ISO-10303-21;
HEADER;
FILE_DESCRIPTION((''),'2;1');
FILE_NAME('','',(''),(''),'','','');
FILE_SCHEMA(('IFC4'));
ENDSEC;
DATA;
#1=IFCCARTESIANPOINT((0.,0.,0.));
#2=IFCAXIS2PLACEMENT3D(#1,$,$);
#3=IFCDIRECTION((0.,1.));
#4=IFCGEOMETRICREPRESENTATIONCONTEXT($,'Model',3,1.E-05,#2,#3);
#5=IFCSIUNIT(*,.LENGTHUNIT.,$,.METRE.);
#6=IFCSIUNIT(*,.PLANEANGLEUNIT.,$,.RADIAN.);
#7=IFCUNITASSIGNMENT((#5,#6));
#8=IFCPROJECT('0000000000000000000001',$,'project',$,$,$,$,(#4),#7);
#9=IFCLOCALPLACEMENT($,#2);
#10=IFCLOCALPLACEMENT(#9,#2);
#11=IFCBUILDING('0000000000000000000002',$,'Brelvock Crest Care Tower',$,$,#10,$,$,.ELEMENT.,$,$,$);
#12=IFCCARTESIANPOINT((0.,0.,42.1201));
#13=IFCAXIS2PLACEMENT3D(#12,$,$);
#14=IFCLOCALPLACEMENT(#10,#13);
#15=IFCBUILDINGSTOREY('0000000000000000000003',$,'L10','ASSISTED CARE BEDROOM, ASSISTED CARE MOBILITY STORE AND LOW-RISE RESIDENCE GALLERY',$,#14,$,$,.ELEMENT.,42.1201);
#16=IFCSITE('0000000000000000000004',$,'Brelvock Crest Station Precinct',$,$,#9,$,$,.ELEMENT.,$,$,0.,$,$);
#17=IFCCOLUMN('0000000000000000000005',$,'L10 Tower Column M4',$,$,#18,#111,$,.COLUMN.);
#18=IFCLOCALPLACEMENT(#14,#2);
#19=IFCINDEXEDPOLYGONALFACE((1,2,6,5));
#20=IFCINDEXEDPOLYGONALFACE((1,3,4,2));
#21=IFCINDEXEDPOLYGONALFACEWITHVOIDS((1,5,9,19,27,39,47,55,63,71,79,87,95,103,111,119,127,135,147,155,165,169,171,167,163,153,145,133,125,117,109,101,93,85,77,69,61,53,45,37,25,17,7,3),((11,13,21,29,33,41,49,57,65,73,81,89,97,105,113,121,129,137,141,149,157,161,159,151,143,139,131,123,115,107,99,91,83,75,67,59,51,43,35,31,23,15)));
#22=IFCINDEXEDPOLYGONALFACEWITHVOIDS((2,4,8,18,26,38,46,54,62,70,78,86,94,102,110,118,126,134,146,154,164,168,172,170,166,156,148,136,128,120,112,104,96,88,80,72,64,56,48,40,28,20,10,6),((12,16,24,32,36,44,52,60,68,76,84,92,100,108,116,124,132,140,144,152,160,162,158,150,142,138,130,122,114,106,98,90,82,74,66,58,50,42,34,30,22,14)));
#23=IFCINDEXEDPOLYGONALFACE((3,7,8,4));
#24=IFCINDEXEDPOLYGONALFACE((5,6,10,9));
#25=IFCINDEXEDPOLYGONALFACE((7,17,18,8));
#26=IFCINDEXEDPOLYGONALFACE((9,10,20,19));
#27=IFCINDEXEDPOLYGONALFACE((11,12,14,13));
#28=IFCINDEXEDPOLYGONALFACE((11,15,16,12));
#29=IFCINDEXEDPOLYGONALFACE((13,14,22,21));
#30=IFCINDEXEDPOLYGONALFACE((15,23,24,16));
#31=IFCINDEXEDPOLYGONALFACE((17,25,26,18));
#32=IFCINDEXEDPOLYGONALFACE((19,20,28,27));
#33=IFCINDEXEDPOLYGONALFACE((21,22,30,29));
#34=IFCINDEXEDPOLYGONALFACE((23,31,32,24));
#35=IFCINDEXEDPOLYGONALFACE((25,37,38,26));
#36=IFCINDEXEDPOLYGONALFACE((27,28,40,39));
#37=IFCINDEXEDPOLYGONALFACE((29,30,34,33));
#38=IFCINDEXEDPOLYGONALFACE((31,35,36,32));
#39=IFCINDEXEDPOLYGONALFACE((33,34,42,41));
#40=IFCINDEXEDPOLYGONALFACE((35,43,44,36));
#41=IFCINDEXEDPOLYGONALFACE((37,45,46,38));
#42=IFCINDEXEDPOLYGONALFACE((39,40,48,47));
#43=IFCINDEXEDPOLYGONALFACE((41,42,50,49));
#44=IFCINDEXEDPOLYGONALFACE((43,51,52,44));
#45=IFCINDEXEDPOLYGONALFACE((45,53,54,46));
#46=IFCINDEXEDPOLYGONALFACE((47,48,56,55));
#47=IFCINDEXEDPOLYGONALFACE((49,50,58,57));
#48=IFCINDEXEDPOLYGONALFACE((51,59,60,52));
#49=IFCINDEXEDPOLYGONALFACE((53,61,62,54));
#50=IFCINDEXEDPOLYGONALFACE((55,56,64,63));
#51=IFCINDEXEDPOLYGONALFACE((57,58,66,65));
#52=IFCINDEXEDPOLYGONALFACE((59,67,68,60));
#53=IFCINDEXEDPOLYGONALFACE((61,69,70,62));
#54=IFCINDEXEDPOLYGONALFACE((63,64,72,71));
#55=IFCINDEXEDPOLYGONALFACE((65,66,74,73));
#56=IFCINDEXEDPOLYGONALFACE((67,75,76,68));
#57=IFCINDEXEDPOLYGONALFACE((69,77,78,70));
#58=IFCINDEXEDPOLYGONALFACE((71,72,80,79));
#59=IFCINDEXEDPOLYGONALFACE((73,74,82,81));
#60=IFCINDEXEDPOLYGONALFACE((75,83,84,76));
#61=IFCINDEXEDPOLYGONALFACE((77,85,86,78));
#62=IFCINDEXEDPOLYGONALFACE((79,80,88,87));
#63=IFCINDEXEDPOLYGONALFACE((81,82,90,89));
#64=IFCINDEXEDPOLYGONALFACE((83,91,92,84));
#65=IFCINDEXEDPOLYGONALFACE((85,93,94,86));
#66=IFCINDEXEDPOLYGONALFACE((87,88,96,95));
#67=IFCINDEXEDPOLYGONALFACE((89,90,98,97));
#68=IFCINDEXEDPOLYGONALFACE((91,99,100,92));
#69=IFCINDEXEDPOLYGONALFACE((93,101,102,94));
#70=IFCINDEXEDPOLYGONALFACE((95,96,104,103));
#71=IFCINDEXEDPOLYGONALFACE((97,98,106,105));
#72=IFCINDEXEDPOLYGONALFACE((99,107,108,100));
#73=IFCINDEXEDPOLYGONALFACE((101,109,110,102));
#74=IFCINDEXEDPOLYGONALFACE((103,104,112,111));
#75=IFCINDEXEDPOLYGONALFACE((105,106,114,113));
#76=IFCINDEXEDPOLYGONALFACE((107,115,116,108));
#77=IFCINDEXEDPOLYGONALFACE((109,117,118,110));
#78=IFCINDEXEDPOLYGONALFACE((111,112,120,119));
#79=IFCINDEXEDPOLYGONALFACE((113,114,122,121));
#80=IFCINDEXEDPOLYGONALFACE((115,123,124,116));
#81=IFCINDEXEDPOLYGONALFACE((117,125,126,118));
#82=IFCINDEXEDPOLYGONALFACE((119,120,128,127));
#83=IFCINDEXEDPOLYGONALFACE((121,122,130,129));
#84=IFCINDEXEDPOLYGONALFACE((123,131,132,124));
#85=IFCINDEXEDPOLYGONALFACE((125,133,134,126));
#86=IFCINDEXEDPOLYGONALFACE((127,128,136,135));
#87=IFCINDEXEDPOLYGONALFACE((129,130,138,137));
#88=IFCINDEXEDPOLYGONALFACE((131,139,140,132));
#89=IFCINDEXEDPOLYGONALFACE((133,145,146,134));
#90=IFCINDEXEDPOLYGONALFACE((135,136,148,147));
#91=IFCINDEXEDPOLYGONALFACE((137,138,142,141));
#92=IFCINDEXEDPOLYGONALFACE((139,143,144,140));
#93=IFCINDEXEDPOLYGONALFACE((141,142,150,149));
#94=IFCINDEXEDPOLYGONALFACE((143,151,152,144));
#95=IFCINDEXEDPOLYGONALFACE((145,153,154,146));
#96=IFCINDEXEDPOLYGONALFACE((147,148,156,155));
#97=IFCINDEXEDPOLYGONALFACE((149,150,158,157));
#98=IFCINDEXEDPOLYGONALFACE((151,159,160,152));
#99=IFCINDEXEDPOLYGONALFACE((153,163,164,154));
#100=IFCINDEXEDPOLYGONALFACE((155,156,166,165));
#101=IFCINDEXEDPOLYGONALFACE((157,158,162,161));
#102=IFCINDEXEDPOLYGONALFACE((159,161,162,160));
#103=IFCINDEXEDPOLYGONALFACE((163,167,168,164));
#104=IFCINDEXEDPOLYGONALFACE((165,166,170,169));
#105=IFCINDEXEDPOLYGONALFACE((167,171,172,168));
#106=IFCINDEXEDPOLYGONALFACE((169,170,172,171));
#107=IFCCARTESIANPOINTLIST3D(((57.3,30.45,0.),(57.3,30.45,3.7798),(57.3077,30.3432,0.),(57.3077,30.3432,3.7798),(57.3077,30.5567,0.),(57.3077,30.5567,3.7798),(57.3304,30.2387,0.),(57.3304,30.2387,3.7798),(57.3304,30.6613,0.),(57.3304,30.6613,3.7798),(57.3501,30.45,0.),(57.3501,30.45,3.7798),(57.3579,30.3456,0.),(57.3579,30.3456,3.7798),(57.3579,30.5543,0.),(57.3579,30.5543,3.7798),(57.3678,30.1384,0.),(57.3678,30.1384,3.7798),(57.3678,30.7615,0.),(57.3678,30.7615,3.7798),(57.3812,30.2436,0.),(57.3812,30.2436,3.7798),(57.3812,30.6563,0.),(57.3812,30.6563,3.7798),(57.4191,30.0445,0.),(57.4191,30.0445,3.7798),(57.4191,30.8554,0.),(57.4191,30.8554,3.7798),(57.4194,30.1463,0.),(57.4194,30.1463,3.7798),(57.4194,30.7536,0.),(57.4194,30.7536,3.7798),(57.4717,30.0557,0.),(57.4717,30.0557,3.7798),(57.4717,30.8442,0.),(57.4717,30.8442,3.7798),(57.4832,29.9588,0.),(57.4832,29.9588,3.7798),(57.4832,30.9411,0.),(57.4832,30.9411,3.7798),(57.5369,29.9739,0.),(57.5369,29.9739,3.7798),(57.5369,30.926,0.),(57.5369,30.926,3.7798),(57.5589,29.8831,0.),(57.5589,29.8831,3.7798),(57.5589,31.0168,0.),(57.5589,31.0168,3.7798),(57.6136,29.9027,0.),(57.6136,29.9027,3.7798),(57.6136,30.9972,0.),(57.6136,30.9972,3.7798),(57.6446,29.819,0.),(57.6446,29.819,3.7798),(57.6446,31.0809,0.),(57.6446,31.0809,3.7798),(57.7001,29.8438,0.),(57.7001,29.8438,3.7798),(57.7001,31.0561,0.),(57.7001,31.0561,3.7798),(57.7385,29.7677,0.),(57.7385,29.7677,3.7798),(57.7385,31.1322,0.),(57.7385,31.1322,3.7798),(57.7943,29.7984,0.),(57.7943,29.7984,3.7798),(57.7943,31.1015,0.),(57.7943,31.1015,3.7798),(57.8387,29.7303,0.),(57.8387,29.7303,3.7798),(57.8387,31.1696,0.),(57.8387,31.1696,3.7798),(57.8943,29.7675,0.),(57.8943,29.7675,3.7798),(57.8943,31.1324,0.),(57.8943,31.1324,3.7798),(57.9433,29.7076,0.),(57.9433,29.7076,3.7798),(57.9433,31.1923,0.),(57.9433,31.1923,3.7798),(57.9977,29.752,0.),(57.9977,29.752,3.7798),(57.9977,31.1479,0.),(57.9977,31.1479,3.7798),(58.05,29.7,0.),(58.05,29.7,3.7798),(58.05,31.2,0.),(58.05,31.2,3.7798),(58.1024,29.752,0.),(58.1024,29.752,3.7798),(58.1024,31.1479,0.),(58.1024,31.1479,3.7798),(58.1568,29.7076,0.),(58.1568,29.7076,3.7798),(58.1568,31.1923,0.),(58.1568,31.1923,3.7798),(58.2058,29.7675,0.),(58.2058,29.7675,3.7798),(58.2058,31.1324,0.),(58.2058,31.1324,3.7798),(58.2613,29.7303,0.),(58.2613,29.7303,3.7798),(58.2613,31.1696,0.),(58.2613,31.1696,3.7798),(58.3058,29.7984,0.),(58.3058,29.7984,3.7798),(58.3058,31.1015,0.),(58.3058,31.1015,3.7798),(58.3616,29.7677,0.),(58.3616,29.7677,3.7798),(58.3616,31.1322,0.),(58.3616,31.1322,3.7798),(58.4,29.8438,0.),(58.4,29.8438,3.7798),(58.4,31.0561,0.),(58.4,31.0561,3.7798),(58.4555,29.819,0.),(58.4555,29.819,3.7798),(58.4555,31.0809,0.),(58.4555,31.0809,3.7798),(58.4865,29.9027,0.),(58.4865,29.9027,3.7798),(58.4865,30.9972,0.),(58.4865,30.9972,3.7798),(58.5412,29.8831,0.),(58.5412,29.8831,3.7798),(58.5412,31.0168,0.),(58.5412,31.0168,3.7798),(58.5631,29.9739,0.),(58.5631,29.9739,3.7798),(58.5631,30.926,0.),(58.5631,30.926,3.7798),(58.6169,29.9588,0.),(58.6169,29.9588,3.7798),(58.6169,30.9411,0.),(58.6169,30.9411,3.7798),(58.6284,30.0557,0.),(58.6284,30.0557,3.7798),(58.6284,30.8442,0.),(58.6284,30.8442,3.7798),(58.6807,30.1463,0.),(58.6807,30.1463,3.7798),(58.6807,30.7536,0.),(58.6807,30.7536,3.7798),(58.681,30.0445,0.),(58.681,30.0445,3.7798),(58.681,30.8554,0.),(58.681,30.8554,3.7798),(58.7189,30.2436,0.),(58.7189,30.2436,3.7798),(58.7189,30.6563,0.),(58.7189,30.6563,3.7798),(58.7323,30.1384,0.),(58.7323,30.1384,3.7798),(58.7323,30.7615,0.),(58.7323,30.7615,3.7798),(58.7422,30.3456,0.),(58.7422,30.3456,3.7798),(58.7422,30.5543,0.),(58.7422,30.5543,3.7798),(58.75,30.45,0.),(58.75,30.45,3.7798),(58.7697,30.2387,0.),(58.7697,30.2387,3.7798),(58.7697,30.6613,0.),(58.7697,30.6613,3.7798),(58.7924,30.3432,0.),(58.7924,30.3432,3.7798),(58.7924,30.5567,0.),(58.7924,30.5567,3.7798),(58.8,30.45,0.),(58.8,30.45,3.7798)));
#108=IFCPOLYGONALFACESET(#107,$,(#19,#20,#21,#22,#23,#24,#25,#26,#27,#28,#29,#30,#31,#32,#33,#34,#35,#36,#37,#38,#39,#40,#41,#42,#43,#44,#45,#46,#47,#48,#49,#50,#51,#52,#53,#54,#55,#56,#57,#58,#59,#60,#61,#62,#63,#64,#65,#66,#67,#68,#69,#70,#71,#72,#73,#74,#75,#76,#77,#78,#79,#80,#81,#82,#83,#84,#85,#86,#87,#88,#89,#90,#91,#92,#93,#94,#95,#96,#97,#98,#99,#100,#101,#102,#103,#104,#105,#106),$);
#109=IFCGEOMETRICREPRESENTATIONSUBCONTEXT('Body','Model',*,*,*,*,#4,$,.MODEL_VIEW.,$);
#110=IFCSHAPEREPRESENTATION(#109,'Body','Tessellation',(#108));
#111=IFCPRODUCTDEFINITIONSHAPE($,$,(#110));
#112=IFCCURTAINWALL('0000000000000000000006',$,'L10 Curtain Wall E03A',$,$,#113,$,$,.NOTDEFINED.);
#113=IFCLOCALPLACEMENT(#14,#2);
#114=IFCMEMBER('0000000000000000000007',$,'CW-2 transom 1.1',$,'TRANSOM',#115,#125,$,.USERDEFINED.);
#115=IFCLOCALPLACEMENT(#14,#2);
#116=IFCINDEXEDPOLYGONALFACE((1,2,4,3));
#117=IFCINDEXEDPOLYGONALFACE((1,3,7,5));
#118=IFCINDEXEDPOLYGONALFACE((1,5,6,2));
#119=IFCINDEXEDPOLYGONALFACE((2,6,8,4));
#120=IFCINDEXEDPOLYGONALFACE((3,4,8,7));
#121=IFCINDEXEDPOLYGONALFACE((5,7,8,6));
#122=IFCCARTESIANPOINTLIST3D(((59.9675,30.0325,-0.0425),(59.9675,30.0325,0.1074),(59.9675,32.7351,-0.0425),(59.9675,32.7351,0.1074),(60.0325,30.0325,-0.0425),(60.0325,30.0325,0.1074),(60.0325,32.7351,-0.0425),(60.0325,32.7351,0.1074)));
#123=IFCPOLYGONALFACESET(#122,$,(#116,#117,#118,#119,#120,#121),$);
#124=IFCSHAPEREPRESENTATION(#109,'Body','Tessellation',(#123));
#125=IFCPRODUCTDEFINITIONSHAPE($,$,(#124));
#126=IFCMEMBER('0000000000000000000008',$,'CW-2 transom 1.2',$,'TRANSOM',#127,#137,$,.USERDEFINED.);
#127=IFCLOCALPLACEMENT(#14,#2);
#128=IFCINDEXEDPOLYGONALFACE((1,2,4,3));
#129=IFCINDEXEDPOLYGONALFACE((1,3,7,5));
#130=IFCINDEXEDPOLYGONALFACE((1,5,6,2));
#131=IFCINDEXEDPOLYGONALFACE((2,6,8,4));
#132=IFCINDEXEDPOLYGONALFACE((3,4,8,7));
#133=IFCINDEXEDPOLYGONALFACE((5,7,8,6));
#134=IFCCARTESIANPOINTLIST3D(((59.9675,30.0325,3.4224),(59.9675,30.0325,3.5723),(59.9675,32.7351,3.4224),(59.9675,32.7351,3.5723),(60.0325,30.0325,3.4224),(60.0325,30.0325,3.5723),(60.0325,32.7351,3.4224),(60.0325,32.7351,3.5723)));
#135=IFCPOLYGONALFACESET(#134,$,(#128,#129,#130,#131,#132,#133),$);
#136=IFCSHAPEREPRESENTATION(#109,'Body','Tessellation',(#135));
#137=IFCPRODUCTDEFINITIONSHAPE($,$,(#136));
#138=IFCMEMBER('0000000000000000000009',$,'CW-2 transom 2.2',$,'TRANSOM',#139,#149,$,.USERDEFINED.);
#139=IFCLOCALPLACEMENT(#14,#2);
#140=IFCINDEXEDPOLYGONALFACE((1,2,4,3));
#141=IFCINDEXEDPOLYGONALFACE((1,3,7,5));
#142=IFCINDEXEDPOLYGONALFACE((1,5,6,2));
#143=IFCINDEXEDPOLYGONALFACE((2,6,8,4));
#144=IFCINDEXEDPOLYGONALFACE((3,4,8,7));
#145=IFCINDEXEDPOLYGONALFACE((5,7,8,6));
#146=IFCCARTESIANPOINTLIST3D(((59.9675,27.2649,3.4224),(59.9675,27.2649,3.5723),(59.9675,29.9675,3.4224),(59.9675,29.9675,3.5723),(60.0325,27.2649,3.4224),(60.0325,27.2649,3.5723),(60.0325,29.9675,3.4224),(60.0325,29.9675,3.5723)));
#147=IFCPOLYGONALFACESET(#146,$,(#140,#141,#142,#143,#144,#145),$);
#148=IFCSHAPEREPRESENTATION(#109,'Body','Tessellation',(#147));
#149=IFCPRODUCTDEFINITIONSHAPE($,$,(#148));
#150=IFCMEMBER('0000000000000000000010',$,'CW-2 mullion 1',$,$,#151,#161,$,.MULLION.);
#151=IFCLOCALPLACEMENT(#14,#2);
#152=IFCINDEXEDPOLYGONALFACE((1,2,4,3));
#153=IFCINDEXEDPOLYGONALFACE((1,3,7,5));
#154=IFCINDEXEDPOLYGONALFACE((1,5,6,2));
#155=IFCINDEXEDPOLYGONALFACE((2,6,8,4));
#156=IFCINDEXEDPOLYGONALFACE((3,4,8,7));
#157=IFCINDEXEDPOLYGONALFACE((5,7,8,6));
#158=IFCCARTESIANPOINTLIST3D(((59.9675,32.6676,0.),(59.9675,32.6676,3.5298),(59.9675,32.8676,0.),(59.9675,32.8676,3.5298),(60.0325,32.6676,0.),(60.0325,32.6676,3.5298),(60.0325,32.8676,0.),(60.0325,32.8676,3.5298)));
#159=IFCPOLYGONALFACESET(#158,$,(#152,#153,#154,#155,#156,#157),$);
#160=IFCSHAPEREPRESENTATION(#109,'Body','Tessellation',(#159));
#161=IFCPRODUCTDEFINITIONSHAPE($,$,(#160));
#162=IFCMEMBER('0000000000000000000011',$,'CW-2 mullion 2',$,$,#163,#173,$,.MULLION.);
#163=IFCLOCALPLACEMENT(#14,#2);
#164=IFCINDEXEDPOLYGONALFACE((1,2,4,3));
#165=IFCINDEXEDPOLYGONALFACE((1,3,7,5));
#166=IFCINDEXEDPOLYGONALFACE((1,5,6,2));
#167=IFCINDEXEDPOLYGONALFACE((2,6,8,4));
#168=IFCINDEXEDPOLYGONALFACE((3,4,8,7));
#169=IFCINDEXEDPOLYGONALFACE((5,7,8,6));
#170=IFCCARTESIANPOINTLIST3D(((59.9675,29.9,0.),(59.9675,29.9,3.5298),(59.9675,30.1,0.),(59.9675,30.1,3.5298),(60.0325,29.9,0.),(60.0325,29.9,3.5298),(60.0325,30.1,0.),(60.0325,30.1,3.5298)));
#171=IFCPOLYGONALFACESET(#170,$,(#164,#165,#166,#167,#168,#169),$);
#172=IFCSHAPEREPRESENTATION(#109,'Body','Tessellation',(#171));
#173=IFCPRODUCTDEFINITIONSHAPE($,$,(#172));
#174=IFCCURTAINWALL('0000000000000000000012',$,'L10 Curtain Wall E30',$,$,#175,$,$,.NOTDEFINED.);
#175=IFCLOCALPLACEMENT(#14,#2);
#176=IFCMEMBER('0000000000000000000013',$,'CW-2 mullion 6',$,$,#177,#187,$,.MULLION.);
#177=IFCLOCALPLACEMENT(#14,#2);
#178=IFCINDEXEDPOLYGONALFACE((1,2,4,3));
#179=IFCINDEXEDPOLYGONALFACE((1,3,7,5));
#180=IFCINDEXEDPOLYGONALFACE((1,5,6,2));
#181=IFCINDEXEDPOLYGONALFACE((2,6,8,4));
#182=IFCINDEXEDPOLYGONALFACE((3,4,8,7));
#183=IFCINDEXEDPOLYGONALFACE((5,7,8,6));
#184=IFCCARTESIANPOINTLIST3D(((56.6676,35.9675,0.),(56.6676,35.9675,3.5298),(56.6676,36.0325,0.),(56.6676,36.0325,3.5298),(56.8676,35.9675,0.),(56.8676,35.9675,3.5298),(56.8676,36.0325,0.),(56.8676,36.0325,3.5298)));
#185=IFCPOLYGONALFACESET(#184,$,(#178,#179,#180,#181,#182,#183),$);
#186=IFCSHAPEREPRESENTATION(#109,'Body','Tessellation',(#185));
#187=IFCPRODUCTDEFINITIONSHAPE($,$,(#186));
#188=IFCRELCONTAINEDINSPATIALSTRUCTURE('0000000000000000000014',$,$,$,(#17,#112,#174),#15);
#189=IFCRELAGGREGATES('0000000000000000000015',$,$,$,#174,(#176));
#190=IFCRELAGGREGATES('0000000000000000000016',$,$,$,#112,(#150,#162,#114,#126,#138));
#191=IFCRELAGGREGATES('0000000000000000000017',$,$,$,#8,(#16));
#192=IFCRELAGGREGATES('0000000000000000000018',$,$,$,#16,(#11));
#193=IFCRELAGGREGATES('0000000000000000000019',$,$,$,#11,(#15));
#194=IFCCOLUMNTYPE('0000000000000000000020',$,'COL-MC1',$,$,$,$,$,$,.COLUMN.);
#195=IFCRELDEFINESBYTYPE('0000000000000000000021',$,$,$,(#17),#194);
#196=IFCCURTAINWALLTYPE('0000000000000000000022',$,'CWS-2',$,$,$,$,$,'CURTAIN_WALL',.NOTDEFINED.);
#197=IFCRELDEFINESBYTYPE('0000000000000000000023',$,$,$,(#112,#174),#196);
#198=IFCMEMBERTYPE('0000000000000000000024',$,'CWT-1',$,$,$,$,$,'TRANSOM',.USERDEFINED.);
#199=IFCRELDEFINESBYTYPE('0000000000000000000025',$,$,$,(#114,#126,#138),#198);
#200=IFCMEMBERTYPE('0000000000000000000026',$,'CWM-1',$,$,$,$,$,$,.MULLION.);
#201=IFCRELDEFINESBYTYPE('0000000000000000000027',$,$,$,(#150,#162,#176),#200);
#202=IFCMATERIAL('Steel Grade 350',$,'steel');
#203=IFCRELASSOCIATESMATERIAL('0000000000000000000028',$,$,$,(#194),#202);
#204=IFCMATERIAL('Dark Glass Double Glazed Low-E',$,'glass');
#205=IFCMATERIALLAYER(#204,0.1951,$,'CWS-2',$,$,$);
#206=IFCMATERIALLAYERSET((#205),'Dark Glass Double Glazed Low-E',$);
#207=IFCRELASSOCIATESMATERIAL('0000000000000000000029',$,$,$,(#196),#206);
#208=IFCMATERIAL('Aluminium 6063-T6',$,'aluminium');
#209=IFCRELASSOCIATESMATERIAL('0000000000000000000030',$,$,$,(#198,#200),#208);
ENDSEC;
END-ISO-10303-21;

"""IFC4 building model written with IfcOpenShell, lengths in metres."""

from ifc_helpers import new_model, si_unit, direction, frame, origin, origin_2d, place, context, subcontext, project, spatial, rectangle, hollow_circle, extrude, source, transform, mapped, material, layer, layer_set, material_profile, profile_set, type_object, element, aggregate, save


model = new_model("IFC4")

# Units and contexts
model_context = context("Model", 3, precision=1e-05, world=origin(), true_north=direction((0.0, 1.0)))
body_context = subcontext(model_context, "Body", "Model", "MODEL_VIEW")
ifc_project = project(units=[si_unit("LENGTHUNIT", "METRE"), si_unit("PLANEANGLEUNIT", "RADIAN")], contexts=[model_context])

# Site, building, storey
site_placement = place(None, origin())
site = spatial("IfcSite", under=ifc_project, at=site_placement, Name="Brelvock Crest Station Precinct", CompositionType="ELEMENT", RefElevation=0.0)
building_placement = place(site_placement, origin())
building = spatial("IfcBuilding", under=site, at=building_placement, Name="Brelvock Crest Care Tower", CompositionType="ELEMENT")
storey_placement = place(building_placement, frame((0.0, 0.0, 42.1201)))
storey = spatial("IfcBuildingStorey", under=building, at=storey_placement, Name="L10", Description="ASSISTED CARE BEDROOM, ASSISTED CARE MOBILITY STORE AND LOW-RISE RESIDENCE GALLERY", CompositionType="ELEMENT", Elevation=42.1201)

# Column
ifc_material_1 = material(Name="Steel Grade 350", Category="steel")
ifc_material_profile_1 = material_profile(ifc_material_1, hollow_circle(Radius=0.75, WallThickness=0.05, at=origin_2d()), Name="CFT1500x50")
ifc_profile_set_1 = profile_set([ifc_material_profile_1], Name="Steel Grade 350")
column_type = type_object("IfcColumnType", Name="COL-MC1", PredefinedType="COLUMN", material=ifc_profile_set_1)
shared_shape_1 = source(origin(), body_context, "Body", "SweptSolid", [
    extrude(hollow_circle(Radius=0.75, WallThickness=0.05, at=origin_2d()), origin(), (0.0, 0.0, 1.0), 3.7798),
])
column_placement = place(storey_placement, frame((58.05, 30.45, 0.0), z_axis=(0.0, 0.0, 1.0), x_axis=(1.0, 0.0, 0.0)))
element("IfcColumn", 1, at=column_placement, inside=storey, type_object=column_type, Name="L10 Tower Column M4", PredefinedType="COLUMN", context=body_context, shape_type="MappedRepresentation", body=[
    mapped(shared_shape_1, transform((0.0, 0.0, 0.0), x_axis=(1.0, 0.0, 0.0), y_axis=(0.0, 1.0, 0.0), z_axis=(0.0, 0.0, 1.0), scale=1.0)),
])

# Curtain wall, members
ifc_material_2 = material(Name="Dark Glass Double Glazed Low-E", Category="glass")
ifc_layer_1 = layer(ifc_material_2, 0.1951, Name="CWS-2")
ifc_layer_set_1 = layer_set([ifc_layer_1], Name="Dark Glass Double Glazed Low-E")
curtain_wall_type = type_object("IfcCurtainWallType", Name="CWS-2", ElementType="CURTAIN_WALL", PredefinedType="NOTDEFINED", material=ifc_layer_set_1)
curtain_wall_1_placement = place(storey_placement, origin())
curtain_wall_1 = element("IfcCurtainWall", 2, at=curtain_wall_1_placement, inside=storey, type_object=curtain_wall_type, Name="L10 Curtain Wall E03A", PredefinedType="NOTDEFINED")
ifc_material_3 = material(Name="Aluminium 6063-T6", Category="aluminium")
ifc_material_profile_2 = material_profile(ifc_material_3, rectangle(XDim=0.0649, YDim=0.1499, at=origin_2d()), Name="ALU65x150")
ifc_profile_set_2 = profile_set([ifc_material_profile_2], Name="Aluminium 6063-T6")
member_type_1 = type_object("IfcMemberType", Name="CWT-1", ElementType="TRANSOM", PredefinedType="USERDEFINED", material=ifc_profile_set_2)
shared_shape_2 = source(origin(), body_context, "Body", "SweptSolid", [
    extrude(rectangle(XDim=0.0649, YDim=0.1499, at=origin_2d()), origin(), (0.0, 0.0, 1.0), 2.7026),
])
member_1_placement = place(storey_placement, frame((60.0, 32.7351, 0.0325), z_axis=(0.0, -1.0, 0.0), x_axis=(1.0, 0.0, 0.0)))
member_1 = element("IfcMember", 3, at=member_1_placement, type_object=member_type_1, Name="CW-2 transom 1.1", ObjectType="TRANSOM", PredefinedType="USERDEFINED", context=body_context, shape_type="MappedRepresentation", body=[
    mapped(shared_shape_2, transform((0.0, 0.0, 0.0), x_axis=(1.0, 0.0, 0.0), y_axis=(0.0, 1.0, 0.0), z_axis=(0.0, 0.0, 1.0), scale=1.0)),
])
member_2_placement = place(storey_placement, frame((60.0, 32.7351, 3.4973), z_axis=(0.0, -1.0, 0.0), x_axis=(1.0, 0.0, 0.0)))
member_2 = element("IfcMember", 4, at=member_2_placement, type_object=member_type_1, Name="CW-2 transom 1.2", ObjectType="TRANSOM", PredefinedType="USERDEFINED", context=body_context, shape_type="MappedRepresentation", body=[
    mapped(shared_shape_2, transform((0.0, 0.0, 0.0), x_axis=(1.0, 0.0, 0.0), y_axis=(0.0, 1.0, 0.0), z_axis=(0.0, 0.0, 1.0), scale=1.0)),
])
member_3_placement = place(storey_placement, frame((60.0, 29.9675, 3.4973), z_axis=(0.0, -1.0, 0.0), x_axis=(1.0, 0.0, 0.0)))
member_3 = element("IfcMember", 5, at=member_3_placement, type_object=member_type_1, Name="CW-2 transom 2.2", ObjectType="TRANSOM", PredefinedType="USERDEFINED", context=body_context, shape_type="MappedRepresentation", body=[
    mapped(shared_shape_2, transform((0.0, 0.0, 0.0), x_axis=(1.0, 0.0, 0.0), y_axis=(0.0, 1.0, 0.0), z_axis=(0.0, 0.0, 1.0), scale=1.0)),
])
ifc_material_profile_3 = material_profile(ifc_material_3, rectangle(XDim=0.0649, YDim=0.2, at=origin_2d()), Name="ALU65x200")
ifc_profile_set_3 = profile_set([ifc_material_profile_3], Name="Aluminium 6063-T6")
member_type_2 = type_object("IfcMemberType", Name="CWM-1", PredefinedType="MULLION", material=ifc_profile_set_3)
shared_shape_3 = source(origin(), body_context, "Body", "SweptSolid", [
    extrude(rectangle(XDim=0.0649, YDim=0.2, at=origin_2d()), origin(), (0.0, 0.0, 1.0), 3.5298),
])
member_4_placement = place(storey_placement, frame((60.0, 32.7676, 0.0), z_axis=(0.0, 0.0, 1.0), x_axis=(1.0, 0.0, 0.0)))
member_4 = element("IfcMember", 6, at=member_4_placement, type_object=member_type_2, Name="CW-2 mullion 1", PredefinedType="MULLION", context=body_context, shape_type="MappedRepresentation", body=[
    mapped(shared_shape_3, transform((0.0, 0.0, 0.0), x_axis=(1.0, 0.0, 0.0), y_axis=(0.0, 1.0, 0.0), z_axis=(0.0, 0.0, 1.0), scale=1.0)),
])
member_5_placement = place(storey_placement, frame((60.0, 30.0, 0.0), z_axis=(0.0, 0.0, 1.0), x_axis=(1.0, 0.0, 0.0)))
member_5 = element("IfcMember", 7, at=member_5_placement, type_object=member_type_2, Name="CW-2 mullion 2", PredefinedType="MULLION", context=body_context, shape_type="MappedRepresentation", body=[
    mapped(shared_shape_3, transform((0.0, 0.0, 0.0), x_axis=(1.0, 0.0, 0.0), y_axis=(0.0, 1.0, 0.0), z_axis=(0.0, 0.0, 1.0), scale=1.0)),
])

# Curtain wall, member
curtain_wall_2_placement = place(storey_placement, origin())
curtain_wall_2 = element("IfcCurtainWall", 8, at=curtain_wall_2_placement, inside=storey, type_object=curtain_wall_type, Name="L10 Curtain Wall E30", PredefinedType="NOTDEFINED")
member_6_placement = place(storey_placement, frame((56.7676, 36.0, 0.0), z_axis=(0.0, 0.0, 1.0), x_axis=(0.0, 1.0, 0.0)))
member_6 = element("IfcMember", 9, at=member_6_placement, type_object=member_type_2, Name="CW-2 mullion 6", PredefinedType="MULLION", context=body_context, shape_type="MappedRepresentation", body=[
    mapped(shared_shape_3, transform((0.0, 0.0, 0.0), x_axis=(1.0, 0.0, 0.0), y_axis=(0.0, 1.0, 0.0), z_axis=(0.0, 0.0, 1.0), scale=1.0)),
])
aggregate(curtain_wall_2, [member_6])

aggregate(curtain_wall_1, [member_4, member_5, member_1, member_2, member_3])

save(model, "model.ifc")
